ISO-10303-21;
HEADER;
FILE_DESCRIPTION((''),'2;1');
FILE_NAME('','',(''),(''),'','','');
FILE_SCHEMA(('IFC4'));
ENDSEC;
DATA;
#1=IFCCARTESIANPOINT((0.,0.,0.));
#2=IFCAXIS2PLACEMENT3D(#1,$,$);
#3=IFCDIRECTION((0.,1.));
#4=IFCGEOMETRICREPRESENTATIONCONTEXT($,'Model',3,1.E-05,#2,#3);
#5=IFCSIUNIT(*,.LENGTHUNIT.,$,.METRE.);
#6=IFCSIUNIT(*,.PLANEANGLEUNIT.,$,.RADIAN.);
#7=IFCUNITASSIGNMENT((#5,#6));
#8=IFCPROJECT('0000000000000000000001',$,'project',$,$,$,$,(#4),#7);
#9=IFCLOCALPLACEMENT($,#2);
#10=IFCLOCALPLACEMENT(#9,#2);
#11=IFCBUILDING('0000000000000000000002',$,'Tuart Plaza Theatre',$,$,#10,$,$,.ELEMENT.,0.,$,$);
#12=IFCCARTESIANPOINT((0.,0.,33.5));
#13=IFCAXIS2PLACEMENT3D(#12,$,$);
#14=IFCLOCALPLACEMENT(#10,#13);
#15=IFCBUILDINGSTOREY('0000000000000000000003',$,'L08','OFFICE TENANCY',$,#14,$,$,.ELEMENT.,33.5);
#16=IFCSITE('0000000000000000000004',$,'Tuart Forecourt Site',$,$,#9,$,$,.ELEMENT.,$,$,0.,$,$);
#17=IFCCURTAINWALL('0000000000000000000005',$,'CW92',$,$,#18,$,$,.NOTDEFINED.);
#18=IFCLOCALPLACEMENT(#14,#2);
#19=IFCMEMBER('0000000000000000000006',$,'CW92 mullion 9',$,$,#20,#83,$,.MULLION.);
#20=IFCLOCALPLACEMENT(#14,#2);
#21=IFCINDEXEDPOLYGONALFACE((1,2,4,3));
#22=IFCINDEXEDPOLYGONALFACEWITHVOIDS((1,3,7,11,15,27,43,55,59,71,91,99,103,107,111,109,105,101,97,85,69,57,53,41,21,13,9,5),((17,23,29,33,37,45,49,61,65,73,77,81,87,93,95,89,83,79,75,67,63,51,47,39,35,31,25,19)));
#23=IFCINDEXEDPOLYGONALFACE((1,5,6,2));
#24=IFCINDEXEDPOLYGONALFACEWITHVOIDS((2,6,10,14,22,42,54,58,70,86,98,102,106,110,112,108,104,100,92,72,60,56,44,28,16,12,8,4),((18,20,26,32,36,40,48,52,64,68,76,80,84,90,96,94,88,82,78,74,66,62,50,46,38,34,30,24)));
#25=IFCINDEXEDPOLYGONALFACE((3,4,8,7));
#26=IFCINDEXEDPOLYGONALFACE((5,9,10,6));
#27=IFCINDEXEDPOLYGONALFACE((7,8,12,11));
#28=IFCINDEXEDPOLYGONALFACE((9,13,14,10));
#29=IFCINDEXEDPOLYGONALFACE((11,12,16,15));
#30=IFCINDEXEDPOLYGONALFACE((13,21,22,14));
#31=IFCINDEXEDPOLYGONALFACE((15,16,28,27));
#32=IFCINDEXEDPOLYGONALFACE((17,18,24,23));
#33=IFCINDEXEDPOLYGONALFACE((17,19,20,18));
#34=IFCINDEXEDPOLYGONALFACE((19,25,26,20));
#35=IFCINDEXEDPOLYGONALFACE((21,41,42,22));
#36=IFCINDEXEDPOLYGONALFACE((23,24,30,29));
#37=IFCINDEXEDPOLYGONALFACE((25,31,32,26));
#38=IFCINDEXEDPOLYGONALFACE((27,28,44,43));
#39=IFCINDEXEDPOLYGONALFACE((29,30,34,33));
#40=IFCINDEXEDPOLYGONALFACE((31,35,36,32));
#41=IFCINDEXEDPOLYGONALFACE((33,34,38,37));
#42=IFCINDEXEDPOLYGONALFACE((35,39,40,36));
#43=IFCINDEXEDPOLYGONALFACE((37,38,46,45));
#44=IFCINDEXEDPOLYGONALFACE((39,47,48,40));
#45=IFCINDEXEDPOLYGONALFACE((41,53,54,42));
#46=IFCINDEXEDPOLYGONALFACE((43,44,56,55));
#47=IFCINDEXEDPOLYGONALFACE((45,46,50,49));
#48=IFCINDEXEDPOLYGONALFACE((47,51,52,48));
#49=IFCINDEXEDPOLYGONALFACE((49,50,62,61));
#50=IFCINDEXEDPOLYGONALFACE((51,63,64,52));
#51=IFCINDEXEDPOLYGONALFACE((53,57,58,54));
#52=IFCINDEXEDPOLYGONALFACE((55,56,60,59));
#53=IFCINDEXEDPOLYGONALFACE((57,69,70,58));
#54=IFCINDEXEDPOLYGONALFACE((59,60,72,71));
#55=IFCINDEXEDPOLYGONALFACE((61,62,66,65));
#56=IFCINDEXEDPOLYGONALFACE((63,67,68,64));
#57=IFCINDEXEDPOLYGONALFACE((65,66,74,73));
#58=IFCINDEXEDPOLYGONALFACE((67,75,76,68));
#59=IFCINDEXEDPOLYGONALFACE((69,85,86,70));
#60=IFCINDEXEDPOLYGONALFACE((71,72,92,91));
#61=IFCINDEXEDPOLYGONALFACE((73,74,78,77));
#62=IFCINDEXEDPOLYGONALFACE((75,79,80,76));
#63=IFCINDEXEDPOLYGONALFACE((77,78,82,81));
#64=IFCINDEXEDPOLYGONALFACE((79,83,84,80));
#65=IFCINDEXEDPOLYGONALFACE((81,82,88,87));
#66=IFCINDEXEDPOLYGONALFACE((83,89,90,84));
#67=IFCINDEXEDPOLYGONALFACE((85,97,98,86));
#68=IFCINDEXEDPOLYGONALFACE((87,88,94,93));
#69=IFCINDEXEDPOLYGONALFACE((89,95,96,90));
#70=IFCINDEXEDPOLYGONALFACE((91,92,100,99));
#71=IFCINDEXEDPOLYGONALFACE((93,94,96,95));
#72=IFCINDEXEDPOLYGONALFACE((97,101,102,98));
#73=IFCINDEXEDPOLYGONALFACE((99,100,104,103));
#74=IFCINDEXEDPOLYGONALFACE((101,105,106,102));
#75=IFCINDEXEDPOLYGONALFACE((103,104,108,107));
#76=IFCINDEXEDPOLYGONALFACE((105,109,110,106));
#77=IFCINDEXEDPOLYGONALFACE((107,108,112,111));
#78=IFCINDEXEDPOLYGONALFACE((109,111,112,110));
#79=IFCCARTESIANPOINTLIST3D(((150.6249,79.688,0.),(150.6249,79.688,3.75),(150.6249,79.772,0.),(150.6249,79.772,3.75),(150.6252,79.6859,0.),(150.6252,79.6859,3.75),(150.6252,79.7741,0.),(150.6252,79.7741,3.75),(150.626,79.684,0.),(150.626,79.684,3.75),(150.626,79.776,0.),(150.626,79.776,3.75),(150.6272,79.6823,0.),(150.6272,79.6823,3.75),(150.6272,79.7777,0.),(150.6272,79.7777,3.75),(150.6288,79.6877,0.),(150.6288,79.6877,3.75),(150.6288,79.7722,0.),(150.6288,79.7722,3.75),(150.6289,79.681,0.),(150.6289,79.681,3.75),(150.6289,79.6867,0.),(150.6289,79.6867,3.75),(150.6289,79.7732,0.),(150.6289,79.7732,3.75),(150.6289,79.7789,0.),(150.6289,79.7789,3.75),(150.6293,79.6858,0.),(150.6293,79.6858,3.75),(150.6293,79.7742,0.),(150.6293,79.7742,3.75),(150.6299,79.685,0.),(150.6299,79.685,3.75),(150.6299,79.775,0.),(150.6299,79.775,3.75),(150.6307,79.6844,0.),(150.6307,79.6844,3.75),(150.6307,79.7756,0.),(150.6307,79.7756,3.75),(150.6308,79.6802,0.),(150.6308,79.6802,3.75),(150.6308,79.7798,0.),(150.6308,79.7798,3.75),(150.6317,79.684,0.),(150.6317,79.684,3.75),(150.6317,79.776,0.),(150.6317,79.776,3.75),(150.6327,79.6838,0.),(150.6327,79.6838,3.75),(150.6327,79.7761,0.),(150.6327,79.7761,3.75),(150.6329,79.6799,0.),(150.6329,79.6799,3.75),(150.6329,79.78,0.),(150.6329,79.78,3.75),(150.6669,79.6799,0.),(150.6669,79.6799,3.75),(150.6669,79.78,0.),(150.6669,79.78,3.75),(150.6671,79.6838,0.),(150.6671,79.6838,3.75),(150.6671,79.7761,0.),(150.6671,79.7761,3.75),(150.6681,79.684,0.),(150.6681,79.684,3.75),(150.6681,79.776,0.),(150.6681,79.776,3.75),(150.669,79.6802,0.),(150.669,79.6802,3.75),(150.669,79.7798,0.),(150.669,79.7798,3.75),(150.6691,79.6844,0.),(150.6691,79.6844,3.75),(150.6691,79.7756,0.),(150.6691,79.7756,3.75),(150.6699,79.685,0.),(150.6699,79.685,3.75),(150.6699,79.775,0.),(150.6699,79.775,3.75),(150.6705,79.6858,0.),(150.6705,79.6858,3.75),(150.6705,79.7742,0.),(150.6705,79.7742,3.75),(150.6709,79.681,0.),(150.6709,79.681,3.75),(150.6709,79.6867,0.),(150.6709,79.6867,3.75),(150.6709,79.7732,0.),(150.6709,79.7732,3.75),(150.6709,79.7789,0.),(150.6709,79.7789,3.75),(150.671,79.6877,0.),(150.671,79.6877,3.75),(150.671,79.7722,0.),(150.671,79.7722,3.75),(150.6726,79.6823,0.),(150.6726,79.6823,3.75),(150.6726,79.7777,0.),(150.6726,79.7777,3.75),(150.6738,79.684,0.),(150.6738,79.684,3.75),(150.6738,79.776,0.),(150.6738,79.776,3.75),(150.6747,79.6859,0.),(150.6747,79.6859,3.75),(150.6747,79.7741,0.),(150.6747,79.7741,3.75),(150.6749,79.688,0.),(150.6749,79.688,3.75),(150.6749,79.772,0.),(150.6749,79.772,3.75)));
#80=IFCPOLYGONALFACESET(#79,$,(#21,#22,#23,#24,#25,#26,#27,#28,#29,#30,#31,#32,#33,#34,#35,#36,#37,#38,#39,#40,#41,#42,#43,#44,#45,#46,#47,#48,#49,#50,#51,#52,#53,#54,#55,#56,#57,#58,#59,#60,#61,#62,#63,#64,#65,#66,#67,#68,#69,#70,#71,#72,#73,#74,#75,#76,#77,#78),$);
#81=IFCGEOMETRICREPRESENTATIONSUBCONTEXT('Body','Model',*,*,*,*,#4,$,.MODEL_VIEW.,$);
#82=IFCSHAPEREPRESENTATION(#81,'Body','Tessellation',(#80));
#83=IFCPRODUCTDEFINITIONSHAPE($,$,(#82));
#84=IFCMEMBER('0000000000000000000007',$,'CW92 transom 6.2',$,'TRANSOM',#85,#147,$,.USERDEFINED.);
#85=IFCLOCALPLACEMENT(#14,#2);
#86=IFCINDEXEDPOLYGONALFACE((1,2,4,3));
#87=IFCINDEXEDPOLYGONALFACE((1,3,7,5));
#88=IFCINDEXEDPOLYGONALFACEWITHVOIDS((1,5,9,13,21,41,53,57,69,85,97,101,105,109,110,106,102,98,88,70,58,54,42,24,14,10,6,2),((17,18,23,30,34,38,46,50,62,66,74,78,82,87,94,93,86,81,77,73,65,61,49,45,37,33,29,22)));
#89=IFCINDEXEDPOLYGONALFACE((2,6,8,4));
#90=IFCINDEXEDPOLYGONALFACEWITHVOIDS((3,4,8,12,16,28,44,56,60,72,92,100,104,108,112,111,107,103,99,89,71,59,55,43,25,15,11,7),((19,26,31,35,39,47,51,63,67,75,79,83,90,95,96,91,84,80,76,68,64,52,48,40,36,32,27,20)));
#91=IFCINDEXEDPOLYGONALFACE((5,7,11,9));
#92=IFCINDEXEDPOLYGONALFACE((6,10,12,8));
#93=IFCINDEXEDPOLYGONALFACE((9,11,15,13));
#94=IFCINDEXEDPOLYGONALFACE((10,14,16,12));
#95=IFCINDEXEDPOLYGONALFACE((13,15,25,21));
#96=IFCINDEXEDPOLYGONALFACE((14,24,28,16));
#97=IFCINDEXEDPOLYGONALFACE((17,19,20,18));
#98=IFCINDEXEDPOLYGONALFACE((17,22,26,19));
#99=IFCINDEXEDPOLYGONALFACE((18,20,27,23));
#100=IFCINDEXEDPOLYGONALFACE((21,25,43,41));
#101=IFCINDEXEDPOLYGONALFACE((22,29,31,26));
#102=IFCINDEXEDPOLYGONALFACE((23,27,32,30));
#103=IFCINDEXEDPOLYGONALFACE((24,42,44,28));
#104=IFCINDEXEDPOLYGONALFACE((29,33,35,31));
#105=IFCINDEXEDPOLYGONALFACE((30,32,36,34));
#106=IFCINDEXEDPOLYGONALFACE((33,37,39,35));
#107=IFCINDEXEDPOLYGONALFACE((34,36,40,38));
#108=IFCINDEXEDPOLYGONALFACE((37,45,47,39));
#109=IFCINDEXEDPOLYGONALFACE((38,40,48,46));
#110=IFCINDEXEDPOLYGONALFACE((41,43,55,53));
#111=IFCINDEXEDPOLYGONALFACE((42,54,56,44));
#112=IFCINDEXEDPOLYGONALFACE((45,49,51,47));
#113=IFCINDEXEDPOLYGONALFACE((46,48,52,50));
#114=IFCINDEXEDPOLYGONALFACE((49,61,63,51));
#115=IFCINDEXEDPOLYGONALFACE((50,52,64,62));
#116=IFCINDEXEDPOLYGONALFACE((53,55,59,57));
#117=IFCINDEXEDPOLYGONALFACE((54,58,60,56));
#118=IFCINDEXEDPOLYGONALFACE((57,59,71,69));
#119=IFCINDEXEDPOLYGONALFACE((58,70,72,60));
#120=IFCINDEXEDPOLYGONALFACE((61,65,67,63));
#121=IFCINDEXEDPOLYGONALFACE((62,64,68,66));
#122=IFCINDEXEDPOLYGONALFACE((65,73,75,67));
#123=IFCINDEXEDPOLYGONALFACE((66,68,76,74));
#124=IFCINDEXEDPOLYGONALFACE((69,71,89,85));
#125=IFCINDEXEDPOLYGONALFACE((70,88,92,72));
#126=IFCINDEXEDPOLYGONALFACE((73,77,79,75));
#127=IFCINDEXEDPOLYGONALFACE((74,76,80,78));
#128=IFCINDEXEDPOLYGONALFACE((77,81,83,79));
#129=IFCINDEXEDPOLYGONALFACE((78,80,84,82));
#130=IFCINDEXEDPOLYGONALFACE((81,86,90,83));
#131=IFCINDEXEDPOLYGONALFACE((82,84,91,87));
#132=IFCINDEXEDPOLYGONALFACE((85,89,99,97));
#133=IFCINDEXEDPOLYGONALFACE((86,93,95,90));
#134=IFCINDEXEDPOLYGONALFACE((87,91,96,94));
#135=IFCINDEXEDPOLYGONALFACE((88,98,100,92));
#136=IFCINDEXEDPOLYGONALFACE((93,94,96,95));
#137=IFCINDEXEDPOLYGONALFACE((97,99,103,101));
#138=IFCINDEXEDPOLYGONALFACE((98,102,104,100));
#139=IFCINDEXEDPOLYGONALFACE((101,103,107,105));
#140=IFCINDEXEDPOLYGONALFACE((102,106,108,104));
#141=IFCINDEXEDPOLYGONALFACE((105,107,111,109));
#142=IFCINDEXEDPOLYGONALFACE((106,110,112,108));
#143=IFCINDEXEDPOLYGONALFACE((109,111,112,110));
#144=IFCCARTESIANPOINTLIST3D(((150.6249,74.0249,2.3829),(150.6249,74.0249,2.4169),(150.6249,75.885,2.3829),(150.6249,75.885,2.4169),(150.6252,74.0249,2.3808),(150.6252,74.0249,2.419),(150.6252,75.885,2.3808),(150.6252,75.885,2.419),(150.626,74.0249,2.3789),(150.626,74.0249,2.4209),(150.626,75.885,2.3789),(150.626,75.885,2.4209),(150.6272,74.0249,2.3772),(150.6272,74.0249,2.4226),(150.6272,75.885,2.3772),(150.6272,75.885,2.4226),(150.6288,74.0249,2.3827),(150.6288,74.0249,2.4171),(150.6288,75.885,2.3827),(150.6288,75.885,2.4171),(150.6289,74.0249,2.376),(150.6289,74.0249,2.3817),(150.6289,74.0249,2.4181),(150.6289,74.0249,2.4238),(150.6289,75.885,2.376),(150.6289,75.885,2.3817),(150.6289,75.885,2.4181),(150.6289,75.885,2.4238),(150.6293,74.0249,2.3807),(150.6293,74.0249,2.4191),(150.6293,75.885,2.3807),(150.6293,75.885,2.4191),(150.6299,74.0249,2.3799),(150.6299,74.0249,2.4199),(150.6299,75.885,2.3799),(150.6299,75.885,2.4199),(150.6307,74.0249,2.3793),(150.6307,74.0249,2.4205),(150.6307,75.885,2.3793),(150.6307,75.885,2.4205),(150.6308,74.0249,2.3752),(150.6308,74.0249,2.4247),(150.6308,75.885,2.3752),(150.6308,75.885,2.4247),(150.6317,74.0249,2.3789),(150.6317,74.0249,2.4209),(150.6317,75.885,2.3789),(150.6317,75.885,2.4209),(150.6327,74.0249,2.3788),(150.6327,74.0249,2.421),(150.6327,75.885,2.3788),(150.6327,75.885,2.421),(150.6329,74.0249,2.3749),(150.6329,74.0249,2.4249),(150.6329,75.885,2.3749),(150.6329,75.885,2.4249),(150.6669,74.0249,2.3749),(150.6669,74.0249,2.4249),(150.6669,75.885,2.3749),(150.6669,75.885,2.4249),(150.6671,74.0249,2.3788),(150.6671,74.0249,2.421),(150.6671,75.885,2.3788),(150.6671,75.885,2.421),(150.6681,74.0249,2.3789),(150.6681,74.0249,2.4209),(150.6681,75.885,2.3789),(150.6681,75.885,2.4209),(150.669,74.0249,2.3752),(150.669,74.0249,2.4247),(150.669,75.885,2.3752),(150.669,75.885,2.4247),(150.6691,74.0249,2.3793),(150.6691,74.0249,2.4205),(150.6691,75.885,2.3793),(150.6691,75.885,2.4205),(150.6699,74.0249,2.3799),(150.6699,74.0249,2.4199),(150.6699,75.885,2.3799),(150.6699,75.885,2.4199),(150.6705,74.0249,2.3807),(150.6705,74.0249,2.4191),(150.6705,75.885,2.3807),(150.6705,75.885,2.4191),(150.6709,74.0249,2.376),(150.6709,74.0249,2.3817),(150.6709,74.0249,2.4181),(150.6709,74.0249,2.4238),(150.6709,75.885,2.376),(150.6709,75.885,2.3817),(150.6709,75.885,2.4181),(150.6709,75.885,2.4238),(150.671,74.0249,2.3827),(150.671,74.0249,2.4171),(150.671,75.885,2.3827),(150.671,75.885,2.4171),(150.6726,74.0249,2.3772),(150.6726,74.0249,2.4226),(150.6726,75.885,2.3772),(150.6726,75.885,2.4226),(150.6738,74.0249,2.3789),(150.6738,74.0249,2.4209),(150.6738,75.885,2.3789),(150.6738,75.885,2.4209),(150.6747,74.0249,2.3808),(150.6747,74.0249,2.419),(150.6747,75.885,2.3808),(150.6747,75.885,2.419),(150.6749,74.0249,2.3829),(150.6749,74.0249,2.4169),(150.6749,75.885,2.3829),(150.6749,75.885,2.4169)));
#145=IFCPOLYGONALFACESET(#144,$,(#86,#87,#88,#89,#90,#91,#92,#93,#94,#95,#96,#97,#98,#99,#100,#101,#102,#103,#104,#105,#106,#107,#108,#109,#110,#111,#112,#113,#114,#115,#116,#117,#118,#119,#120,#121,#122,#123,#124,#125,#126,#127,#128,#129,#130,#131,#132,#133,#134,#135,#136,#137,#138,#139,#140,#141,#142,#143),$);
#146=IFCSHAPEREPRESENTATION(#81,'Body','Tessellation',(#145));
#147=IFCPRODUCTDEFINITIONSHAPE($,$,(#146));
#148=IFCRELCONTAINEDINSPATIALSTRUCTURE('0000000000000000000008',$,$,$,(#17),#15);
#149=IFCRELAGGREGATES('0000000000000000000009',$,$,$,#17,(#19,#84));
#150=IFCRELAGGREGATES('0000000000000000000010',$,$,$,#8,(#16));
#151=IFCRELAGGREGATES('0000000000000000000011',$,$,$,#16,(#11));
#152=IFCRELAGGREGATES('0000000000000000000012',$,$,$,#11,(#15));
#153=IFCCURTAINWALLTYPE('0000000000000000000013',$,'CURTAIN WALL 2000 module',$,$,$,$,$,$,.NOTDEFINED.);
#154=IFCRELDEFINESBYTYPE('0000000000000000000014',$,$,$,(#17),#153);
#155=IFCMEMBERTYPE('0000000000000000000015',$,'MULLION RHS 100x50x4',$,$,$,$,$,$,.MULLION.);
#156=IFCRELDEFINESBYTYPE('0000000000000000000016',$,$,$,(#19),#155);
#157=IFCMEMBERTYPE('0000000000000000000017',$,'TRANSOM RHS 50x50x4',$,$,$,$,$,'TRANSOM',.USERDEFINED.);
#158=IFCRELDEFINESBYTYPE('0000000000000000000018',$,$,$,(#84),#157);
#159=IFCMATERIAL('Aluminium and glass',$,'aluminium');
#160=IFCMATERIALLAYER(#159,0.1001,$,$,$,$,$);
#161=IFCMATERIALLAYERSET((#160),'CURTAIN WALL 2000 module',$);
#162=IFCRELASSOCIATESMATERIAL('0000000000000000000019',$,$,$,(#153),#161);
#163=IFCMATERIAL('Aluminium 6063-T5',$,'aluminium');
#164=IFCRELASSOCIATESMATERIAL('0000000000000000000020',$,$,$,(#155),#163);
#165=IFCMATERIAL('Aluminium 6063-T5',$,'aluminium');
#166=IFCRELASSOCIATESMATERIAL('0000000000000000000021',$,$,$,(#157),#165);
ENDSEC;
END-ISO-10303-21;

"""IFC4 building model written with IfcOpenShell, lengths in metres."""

from ifc_helpers import new_model, si_unit, direction, frame, origin, origin_2d, place, context, subcontext, project, spatial, hollow_rectangle, extrude, material, layer, layer_set, material_profile, profile_set, type_object, element, aggregate, save


model = new_model("IFC4")

# Units and contexts
model_context = context("Model", 3, precision=1e-05, world=origin(), true_north=direction((0.0, 1.0)))
body_context = subcontext(model_context, "Body", "Model", "MODEL_VIEW")
ifc_project = project(units=[si_unit("LENGTHUNIT", "METRE"), si_unit("PLANEANGLEUNIT", "RADIAN")], contexts=[model_context])

# Site, building, storey
site_placement = place(None, origin())
site = spatial("IfcSite", under=ifc_project, at=site_placement, Name="Tuart Forecourt Site", CompositionType="ELEMENT", RefElevation=0.0)
building_placement = place(site_placement, origin())
building = spatial("IfcBuilding", under=site, at=building_placement, Name="Tuart Plaza Theatre", CompositionType="ELEMENT", ElevationOfRefHeight=0.0)
storey_placement = place(building_placement, frame((0.0, 0.0, 33.5)))
storey = spatial("IfcBuildingStorey", under=building, at=storey_placement, Name="L08", Description="OFFICE TENANCY", CompositionType="ELEMENT", Elevation=33.5)

# Curtain wall, members
ifc_material_1 = material(Name="Aluminium and glass", Category="aluminium")
ifc_layer_1 = layer(ifc_material_1, 0.1001)
ifc_layer_set_1 = layer_set([ifc_layer_1], Name="CURTAIN WALL 2000 module")
curtain_wall_type = type_object("IfcCurtainWallType", Name="CURTAIN WALL 2000 module", PredefinedType="NOTDEFINED", material=ifc_layer_set_1)
curtain_wall_placement = place(storey_placement, origin())
curtain_wall = element("IfcCurtainWall", 1, at=curtain_wall_placement, inside=storey, type_object=curtain_wall_type, Name="CW92", PredefinedType="NOTDEFINED")
ifc_material_2 = material(Name="Aluminium 6063-T5", Category="aluminium")
ifc_material_profile_1 = material_profile(ifc_material_2, hollow_rectangle(XDim=0.05, YDim=0.1001, WallThickness=0.0039, InnerFilletRadius=0.0039, OuterFilletRadius=0.0081, at=origin_2d()), Name="RHS 100x50x4")
ifc_profile_set_1 = profile_set([ifc_material_profile_1], Name="Aluminium 6063-T5")
member_type_1 = type_object("IfcMemberType", Name="MULLION RHS 100x50x4", PredefinedType="MULLION", material=ifc_profile_set_1)
member_1_placement = place(storey_placement, frame((150.6499, 79.73, 0.0), z_axis=(0.0, 0.0, 1.0), x_axis=(-1.0, 0.0, 0.0)))
member_1 = element("IfcMember", 2, at=member_1_placement, type_object=member_type_1, Name="CW92 mullion 9", PredefinedType="MULLION", context=body_context, shape_type="SweptSolid", body=[
    extrude(hollow_rectangle(XDim=0.05, YDim=0.1001, WallThickness=0.0039, InnerFilletRadius=0.0039, OuterFilletRadius=0.0081, at=origin_2d()), origin(), (0.0, 0.0, 1.0), 3.75),
])
ifc_material_3 = material(Name="Aluminium 6063-T5", Category="aluminium")
ifc_material_profile_2 = material_profile(ifc_material_3, hollow_rectangle(XDim=0.05, YDim=0.05, WallThickness=0.0039, InnerFilletRadius=0.0039, OuterFilletRadius=0.0081, at=origin_2d()), Name="RHS 50x50x4")
ifc_profile_set_2 = profile_set([ifc_material_profile_2], Name="Aluminium 6063-T5")
member_type_2 = type_object("IfcMemberType", Name="TRANSOM RHS 50x50x4", ElementType="TRANSOM", PredefinedType="USERDEFINED", material=ifc_profile_set_2)
member_2_placement = place(storey_placement, frame((150.6499, 74.0249, 2.3999), z_axis=(0.0, 1.0, 0.0), x_axis=(-1.0, 0.0, 0.0)))
member_2 = element("IfcMember", 3, at=member_2_placement, type_object=member_type_2, Name="CW92 transom 6.2", ObjectType="TRANSOM", PredefinedType="USERDEFINED", context=body_context, shape_type="SweptSolid", body=[
    extrude(hollow_rectangle(XDim=0.05, YDim=0.05, WallThickness=0.0039, InnerFilletRadius=0.0039, OuterFilletRadius=0.0081, at=origin_2d()), origin(), (0.0, 0.0, 1.0), 1.8601),
])
aggregate(curtain_wall, [member_1, member_2])

save(model, "model.ifc")
